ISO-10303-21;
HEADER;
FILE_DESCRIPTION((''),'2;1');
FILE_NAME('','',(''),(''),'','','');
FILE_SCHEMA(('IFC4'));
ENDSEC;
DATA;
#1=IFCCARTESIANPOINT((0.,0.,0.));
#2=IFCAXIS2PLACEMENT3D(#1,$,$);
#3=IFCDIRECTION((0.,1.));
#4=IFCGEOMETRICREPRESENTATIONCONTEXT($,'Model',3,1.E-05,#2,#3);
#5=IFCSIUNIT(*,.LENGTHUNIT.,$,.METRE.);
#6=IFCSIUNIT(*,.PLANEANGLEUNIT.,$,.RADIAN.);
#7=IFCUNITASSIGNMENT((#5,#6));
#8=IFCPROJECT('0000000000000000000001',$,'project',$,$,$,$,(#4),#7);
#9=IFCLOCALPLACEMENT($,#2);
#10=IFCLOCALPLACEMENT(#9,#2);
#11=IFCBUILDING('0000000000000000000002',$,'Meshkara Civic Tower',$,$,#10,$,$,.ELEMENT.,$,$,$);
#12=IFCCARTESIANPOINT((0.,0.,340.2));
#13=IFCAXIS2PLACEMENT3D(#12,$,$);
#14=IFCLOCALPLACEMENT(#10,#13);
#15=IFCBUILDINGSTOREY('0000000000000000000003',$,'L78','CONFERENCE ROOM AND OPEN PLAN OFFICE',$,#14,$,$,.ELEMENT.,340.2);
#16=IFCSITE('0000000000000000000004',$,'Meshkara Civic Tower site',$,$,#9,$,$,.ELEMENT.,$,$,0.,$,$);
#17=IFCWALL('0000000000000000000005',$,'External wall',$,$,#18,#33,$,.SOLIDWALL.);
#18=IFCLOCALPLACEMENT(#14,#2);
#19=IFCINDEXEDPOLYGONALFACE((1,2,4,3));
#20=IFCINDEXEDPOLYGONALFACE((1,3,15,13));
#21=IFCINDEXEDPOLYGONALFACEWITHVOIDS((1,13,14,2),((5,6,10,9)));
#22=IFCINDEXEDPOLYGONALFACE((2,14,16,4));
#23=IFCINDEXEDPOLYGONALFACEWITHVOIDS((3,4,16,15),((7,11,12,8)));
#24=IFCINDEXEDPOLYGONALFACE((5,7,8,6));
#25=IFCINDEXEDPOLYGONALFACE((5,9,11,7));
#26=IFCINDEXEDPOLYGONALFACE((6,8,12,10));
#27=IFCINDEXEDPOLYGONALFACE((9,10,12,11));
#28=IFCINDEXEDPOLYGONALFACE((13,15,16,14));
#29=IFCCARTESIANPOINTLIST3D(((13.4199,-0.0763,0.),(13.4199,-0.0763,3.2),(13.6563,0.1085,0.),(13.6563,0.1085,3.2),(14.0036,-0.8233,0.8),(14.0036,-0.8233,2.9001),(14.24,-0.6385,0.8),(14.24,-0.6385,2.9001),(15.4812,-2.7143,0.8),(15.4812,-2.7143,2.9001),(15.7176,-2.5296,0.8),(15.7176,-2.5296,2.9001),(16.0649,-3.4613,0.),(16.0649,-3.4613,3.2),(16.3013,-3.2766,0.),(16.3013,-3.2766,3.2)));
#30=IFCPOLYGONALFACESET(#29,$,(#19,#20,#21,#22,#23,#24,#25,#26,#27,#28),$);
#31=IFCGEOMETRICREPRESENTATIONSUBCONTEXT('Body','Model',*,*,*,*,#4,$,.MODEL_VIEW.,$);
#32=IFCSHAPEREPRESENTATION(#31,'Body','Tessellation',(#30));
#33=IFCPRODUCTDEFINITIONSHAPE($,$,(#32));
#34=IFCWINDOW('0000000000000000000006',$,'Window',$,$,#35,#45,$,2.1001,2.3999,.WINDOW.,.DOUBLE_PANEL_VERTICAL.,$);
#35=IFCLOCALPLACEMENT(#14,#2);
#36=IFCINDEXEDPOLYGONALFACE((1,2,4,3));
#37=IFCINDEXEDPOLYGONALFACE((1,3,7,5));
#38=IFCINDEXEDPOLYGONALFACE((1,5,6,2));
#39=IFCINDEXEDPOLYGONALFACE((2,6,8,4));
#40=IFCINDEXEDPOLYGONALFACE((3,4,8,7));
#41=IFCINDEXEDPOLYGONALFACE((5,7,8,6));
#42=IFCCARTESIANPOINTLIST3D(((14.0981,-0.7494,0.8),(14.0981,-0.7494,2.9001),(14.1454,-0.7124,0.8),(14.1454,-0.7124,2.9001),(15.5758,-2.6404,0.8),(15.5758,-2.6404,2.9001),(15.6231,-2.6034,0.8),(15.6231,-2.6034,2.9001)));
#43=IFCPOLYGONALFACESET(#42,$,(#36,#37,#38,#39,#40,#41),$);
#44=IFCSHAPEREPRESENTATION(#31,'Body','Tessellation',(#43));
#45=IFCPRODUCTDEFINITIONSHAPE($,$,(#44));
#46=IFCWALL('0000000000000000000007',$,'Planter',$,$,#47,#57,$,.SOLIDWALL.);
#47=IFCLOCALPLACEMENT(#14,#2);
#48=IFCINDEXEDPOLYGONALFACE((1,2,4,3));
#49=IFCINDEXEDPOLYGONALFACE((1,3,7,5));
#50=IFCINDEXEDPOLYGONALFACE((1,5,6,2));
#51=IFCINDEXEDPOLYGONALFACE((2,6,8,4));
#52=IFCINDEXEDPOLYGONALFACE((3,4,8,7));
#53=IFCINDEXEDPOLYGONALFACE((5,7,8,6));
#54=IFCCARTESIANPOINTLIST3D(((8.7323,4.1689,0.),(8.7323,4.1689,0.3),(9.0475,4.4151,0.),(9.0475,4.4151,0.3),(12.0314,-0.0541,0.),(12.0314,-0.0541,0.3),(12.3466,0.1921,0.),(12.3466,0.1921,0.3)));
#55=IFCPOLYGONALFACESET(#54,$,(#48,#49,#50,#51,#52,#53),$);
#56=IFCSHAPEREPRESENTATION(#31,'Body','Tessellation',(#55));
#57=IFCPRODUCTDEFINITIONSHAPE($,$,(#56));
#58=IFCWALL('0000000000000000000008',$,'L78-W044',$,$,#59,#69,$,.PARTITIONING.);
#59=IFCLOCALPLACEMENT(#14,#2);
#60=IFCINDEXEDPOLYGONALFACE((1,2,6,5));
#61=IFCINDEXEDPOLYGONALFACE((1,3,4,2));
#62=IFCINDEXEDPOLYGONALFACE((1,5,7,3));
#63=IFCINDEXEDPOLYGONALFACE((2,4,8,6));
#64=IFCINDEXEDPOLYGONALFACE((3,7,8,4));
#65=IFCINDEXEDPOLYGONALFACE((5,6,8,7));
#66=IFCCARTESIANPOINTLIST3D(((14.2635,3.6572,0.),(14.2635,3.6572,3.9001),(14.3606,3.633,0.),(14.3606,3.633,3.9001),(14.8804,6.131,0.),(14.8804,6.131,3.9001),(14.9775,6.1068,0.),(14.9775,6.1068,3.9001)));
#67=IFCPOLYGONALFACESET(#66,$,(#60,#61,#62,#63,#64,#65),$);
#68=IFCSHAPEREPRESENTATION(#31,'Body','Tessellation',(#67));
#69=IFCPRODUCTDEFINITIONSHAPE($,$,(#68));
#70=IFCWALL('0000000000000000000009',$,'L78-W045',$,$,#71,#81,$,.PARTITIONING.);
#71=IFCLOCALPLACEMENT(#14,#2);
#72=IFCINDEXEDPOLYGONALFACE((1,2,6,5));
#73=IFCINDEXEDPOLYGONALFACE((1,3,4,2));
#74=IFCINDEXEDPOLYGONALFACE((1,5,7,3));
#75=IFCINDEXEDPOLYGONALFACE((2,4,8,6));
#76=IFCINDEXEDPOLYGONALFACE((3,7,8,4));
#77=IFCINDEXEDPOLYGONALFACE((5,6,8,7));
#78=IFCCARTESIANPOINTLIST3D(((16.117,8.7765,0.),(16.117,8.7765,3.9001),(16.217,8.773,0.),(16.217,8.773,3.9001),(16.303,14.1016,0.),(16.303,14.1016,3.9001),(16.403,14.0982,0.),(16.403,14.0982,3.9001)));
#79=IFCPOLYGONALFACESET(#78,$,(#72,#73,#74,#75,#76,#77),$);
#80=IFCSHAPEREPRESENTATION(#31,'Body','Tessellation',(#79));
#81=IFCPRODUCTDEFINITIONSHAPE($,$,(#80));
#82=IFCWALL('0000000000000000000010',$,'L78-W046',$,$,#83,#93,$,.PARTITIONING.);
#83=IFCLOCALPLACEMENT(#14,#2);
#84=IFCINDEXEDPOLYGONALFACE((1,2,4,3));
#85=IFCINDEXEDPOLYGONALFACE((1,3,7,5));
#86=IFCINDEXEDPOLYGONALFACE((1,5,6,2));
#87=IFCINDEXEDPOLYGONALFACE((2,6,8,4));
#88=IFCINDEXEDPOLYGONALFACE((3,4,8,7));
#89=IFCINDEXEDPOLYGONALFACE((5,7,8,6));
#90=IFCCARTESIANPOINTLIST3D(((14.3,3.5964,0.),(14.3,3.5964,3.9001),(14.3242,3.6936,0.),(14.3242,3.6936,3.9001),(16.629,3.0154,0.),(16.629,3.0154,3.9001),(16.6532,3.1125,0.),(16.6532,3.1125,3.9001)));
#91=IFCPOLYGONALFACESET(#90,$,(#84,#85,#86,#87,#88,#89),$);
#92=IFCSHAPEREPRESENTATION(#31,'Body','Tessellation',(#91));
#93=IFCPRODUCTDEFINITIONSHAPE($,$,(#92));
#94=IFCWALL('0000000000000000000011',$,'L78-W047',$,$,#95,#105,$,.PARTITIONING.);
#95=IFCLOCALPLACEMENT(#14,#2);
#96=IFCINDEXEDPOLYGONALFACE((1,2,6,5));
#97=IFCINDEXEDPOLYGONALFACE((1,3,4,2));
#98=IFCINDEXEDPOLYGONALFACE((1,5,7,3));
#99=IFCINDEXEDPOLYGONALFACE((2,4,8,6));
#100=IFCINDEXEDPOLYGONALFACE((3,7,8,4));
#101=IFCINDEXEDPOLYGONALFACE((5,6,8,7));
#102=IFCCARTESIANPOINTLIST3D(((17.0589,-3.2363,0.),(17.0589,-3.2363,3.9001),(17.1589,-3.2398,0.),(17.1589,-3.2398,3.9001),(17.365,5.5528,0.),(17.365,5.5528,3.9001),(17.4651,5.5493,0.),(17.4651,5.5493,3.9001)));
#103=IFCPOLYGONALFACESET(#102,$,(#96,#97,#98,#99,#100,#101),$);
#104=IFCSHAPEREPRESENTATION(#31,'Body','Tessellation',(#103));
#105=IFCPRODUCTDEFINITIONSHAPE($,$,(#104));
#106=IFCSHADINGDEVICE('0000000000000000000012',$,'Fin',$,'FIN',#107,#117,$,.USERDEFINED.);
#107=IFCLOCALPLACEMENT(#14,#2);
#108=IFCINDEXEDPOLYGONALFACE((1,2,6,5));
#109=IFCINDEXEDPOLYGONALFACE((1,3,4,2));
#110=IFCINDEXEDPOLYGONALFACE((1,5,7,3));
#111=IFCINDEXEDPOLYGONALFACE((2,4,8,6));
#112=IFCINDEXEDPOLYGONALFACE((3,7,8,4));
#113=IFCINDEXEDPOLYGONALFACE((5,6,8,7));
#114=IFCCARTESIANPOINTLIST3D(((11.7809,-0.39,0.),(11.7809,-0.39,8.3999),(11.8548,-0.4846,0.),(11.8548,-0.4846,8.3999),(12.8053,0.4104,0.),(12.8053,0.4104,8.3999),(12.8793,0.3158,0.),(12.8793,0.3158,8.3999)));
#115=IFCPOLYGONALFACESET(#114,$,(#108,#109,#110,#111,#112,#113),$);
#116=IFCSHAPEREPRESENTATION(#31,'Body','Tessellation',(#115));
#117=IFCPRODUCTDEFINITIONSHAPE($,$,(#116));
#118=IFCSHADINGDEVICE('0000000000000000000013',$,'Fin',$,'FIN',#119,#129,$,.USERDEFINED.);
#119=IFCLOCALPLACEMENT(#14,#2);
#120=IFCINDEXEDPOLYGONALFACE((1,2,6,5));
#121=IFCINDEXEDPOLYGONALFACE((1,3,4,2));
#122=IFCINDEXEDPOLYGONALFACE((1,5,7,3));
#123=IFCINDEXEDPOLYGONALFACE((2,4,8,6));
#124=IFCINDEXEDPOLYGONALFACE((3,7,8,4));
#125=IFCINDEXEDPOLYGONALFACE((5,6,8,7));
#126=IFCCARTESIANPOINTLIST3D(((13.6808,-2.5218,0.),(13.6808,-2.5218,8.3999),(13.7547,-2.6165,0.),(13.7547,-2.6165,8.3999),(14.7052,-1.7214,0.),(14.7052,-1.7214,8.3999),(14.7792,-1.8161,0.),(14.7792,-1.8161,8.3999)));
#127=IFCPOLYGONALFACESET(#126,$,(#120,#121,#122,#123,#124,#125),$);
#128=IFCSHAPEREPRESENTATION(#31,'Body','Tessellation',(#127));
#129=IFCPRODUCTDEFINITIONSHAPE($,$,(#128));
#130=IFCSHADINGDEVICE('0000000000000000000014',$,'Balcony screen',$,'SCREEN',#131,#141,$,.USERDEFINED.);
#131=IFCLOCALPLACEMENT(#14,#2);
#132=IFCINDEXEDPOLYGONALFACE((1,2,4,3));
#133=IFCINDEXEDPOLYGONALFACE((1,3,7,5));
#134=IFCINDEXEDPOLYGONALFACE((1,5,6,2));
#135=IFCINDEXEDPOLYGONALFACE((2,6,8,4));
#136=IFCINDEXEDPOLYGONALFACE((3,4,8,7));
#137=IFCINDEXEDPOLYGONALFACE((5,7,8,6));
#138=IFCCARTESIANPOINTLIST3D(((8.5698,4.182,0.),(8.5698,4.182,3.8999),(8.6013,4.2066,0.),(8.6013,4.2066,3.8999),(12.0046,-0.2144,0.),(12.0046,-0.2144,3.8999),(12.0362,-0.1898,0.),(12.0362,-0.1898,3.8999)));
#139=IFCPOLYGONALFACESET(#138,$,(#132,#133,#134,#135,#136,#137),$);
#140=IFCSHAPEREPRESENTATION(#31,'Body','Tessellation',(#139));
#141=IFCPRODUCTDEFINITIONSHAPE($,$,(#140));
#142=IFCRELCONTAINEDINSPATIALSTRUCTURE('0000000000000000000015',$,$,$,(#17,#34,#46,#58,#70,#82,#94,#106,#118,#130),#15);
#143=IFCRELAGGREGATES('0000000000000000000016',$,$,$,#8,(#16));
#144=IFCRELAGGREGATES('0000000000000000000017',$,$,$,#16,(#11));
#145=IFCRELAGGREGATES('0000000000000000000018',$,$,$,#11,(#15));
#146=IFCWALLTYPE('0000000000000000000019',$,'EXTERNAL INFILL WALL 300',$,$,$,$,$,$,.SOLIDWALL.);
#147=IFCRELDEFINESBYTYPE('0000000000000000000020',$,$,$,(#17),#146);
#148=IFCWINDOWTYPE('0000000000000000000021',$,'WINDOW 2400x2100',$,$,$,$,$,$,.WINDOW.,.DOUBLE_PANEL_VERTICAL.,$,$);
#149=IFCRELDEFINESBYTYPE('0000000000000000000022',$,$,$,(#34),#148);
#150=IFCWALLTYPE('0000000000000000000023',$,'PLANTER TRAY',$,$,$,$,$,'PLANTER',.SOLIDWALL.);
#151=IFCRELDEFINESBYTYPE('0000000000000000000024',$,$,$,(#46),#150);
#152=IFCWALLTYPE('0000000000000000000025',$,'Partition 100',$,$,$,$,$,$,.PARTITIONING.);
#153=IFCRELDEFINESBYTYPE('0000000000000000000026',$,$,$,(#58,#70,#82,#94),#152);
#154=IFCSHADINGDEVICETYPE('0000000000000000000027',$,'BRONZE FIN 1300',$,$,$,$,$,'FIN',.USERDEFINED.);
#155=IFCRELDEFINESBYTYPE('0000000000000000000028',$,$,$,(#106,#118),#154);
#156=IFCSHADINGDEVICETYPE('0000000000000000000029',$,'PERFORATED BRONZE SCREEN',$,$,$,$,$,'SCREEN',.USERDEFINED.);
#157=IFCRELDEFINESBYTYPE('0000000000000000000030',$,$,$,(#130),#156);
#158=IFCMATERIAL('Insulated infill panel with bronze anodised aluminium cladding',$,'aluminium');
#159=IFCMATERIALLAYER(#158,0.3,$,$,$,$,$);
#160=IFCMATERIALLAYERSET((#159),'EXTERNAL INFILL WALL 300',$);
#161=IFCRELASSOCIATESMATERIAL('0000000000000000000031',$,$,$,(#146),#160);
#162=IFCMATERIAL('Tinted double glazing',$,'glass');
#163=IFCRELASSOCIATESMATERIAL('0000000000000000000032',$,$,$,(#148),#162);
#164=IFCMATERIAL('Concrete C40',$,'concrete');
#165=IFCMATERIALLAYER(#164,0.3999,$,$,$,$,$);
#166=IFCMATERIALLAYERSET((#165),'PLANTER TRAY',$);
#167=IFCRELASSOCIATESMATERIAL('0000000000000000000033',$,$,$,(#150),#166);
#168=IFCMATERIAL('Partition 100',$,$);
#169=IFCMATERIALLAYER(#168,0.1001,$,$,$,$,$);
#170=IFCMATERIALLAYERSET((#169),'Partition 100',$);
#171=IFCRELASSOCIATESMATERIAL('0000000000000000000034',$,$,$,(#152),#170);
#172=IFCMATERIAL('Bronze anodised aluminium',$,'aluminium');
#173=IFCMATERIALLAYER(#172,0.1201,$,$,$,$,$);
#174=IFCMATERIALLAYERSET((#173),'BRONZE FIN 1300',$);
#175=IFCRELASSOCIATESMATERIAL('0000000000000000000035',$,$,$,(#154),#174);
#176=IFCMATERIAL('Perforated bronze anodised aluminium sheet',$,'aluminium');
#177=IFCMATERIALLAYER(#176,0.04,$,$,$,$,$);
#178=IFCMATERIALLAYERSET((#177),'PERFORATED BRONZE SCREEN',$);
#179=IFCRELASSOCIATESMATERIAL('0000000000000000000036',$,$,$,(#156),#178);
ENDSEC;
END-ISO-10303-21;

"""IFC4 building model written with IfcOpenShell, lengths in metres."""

from ifc_helpers import new_model, si_unit, direction, frame, frame_2d, origin, origin_2d, place, context, subcontext, project, spatial, rectangle, extrude, material, layer, layer_set, type_object, element, fill, save


model = new_model("IFC4")

# Units and contexts
model_context = context("Model", 3, precision=1e-05, world=origin(), true_north=direction((0.0, 1.0)))
body_context = subcontext(model_context, "Body", "Model", "MODEL_VIEW")
ifc_project = project(units=[si_unit("LENGTHUNIT", "METRE"), si_unit("PLANEANGLEUNIT", "RADIAN")], contexts=[model_context])

# Site, building, storey
site_placement = place(None, origin())
site = spatial("IfcSite", under=ifc_project, at=site_placement, Name="Meshkara Civic Tower site", CompositionType="ELEMENT", RefElevation=0.0)
building_placement = place(site_placement, origin())
building = spatial("IfcBuilding", under=site, at=building_placement, Name="Meshkara Civic Tower", CompositionType="ELEMENT")
storey_placement = place(building_placement, frame((0.0, 0.0, 340.2)))
storey = spatial("IfcBuildingStorey", under=building, at=storey_placement, Name="L78", Description="CONFERENCE ROOM AND OPEN PLAN OFFICE", CompositionType="ELEMENT", Elevation=340.2)

# Wall, opening, window
ifc_material_1 = material(Name="Insulated infill panel with bronze anodised aluminium cladding", Category="aluminium")
ifc_layer_1 = layer(ifc_material_1, 0.3)
ifc_layer_set_1 = layer_set([ifc_layer_1], Name="EXTERNAL INFILL WALL 300")
wall_type_1 = type_object("IfcWallType", Name="EXTERNAL INFILL WALL 300", PredefinedType="SOLIDWALL", material=ifc_layer_set_1)
wall_1_placement = place(storey_placement, frame((13.5381, 0.0161, 0.0), z_axis=(0.0, 0.0, 1.0), x_axis=(0.615714, -0.78797, 0.0)))
wall_1 = element("IfcWall", 1, at=wall_1_placement, inside=storey, type_object=wall_type_1, Name="External wall", PredefinedType="SOLIDWALL", context=body_context, shape_type="SweptSolid", body=[
    extrude(rectangle(XDim=4.2959, YDim=0.3, at=frame_2d((2.1479, 0.0))), origin(), (0.0, 0.0, 1.0), 3.2),
])
opening_1_placement = place(wall_1_placement, frame((0.948, 0.0, 0.8)))
opening_1 = element("IfcOpeningElement", 2, at=opening_1_placement, cuts=wall_1, PredefinedType="OPENING", context=body_context, shape_type="SweptSolid", body=[
    extrude(rectangle(XDim=2.3999, YDim=2.1001, at=frame_2d((1.2, 1.05))), frame((0.0, 0.1599, 0.0), z_axis=(0.0, -1.0, 0.0), x_axis=(1.0, 0.0, 0.0)), (0.0, 0.0, 1.0), 0.3201),
])
ifc_material_2 = material(Name="Tinted double glazing", Category="glass")
window_type = type_object("IfcWindowType", Name="WINDOW 2400x2100", PartitioningType="DOUBLE_PANEL_VERTICAL", PredefinedType="WINDOW", material=ifc_material_2)
window_placement = place(opening_1_placement, origin())
window = element("IfcWindow", 3, at=window_placement, inside=storey, type_object=window_type, Name="Window", OverallHeight=2.1001, OverallWidth=2.3999, PartitioningType="DOUBLE_PANEL_VERTICAL", PredefinedType="WINDOW", context=body_context, shape_type="SweptSolid", body=[
    extrude(rectangle(XDim=2.3999, YDim=2.1001, at=frame_2d((1.2, 1.05))), frame((0.0, 0.03, 0.0), z_axis=(0.0, -1.0, 0.0), x_axis=(1.0, 0.0, 0.0)), (0.0, 0.0, 1.0), 0.0601),
])
fill(opening_1, window)

# Walls
ifc_material_3 = material(Name="Concrete C40", Category="concrete")
ifc_layer_2 = layer(ifc_material_3, 0.3999)
ifc_layer_set_2 = layer_set([ifc_layer_2], Name="PLANTER TRAY")
wall_type_2 = type_object("IfcWallType", Name="PLANTER TRAY", ElementType="PLANTER", PredefinedType="SOLIDWALL", material=ifc_layer_set_2)
wall_2_placement = place(storey_placement, frame((8.8899, 4.292, 0.0), z_axis=(0.0, 0.0, 1.0), x_axis=(0.615636, -0.788031, 0.0)))
element("IfcWall", 4, at=wall_2_placement, inside=storey, type_object=wall_type_2, Name="Planter", PredefinedType="SOLIDWALL", context=body_context, shape_type="SweptSolid", body=[
    extrude(rectangle(XDim=5.3589, YDim=0.3999, at=frame_2d((2.6794, 0.0))), origin(), (0.0, 0.0, 1.0), 0.3),
])
ifc_material_4 = material(Name="Partition 100")
ifc_layer_3 = layer(ifc_material_4, 0.1001)
ifc_layer_set_3 = layer_set([ifc_layer_3], Name="Partition 100")
wall_type_3 = type_object("IfcWallType", Name="Partition 100", PredefinedType="PARTITIONING", material=ifc_layer_set_3)
wall_3_placement = place(storey_placement, frame((14.312, 3.645, 0.0), z_axis=(0.0, 0.0, 1.0), x_axis=(0.241972, 0.970283, 0.0)))
element("IfcWall", 5, at=wall_3_placement, inside=storey, type_object=wall_type_3, Name="L78-W044", PredefinedType="PARTITIONING", context=body_context, shape_type="SweptSolid", body=[
    extrude(rectangle(XDim=2.5496, YDim=0.1001, at=frame_2d((1.2749, 0.0))), origin(), (0.0, 0.0, 1.0), 3.9001),
])
wall_4_placement = place(storey_placement, frame((16.167, 8.7749, 0.0), z_axis=(0.0, 0.0, 1.0), x_axis=(0.034914, 0.99939, 0.0)))
element("IfcWall", 6, at=wall_4_placement, inside=storey, type_object=wall_type_3, Name="L78-W045", PredefinedType="PARTITIONING", context=body_context, shape_type="SweptSolid", body=[
    extrude(rectangle(XDim=5.3284, YDim=0.1001, at=frame_2d((2.6641, 0.0))), origin(), (0.0, 0.0, 1.0), 3.9001),
])
wall_5_placement = place(storey_placement, frame((16.6411, 3.064, 0.0), z_axis=(0.0, 0.0, 1.0), x_axis=(-0.970262, 0.242057, 0.0)))
element("IfcWall", 7, at=wall_5_placement, inside=storey, type_object=wall_type_3, Name="L78-W046", PredefinedType="PARTITIONING", context=body_context, shape_type="SweptSolid", body=[
    extrude(rectangle(XDim=2.4004, YDim=0.1001, at=frame_2d((1.2002, 0.0))), origin(), (0.0, 0.0, 1.0), 3.9001),
])
wall_6_placement = place(storey_placement, frame((17.1089, -3.238, 0.0), z_axis=(0.0, 0.0, 1.0), x_axis=(0.034812, 0.999394, 0.0)))
element("IfcWall", 8, at=wall_6_placement, inside=storey, type_object=wall_type_3, Name="L78-W047", PredefinedType="PARTITIONING", context=body_context, shape_type="SweptSolid", body=[
    extrude(rectangle(XDim=8.7944, YDim=0.1001, at=frame_2d((4.3972, 0.0))), origin(), (0.0, 0.0, 1.0), 3.9001),
])

# Shading devices
ifc_material_5 = material(Name="Bronze anodised aluminium", Category="aluminium")
ifc_layer_4 = layer(ifc_material_5, 0.1201)
ifc_layer_set_4 = layer_set([ifc_layer_4], Name="BRONZE FIN 1300")
shading_device_type_1 = type_object("IfcShadingDeviceType", Name="BRONZE FIN 1300", ElementType="FIN", PredefinedType="USERDEFINED", material=ifc_layer_set_4)
for number, where, z_axis, x_axis, name in (
    (9, (12.3301, -0.0371, 0.0), (0.0, 0.0, 1.0), (0.615661, -0.788011, 0.0), "Fin"),
    (10, (14.23, -2.1689, 0.0), (0.0, 0.0, 1.0), (0.615661, -0.788011, 0.0), "Fin"),
):
    element("IfcShadingDevice", number, at=place(storey_placement, frame(where, z_axis=z_axis, x_axis=x_axis)), inside=storey, type_object=shading_device_type_1, Name=name, ObjectType="FIN", PredefinedType="USERDEFINED", context=body_context, shape_type="SweptSolid", body=[
        extrude(rectangle(XDim=0.1201, YDim=1.3, at=origin_2d()), origin(), (0.0, 0.0, 1.0), 8.3999),
    ])
ifc_material_6 = material(Name="Perforated bronze anodised aluminium sheet", Category="aluminium")
ifc_layer_5 = layer(ifc_material_6, 0.04)
ifc_layer_set_5 = layer_set([ifc_layer_5], Name="PERFORATED BRONZE SCREEN")
shading_device_type_2 = type_object("IfcShadingDeviceType", Name="PERFORATED BRONZE SCREEN", ElementType="SCREEN", PredefinedType="USERDEFINED", material=ifc_layer_set_5)
shading_device_placement = place(storey_placement, frame((10.303, 1.9961, 0.0), z_axis=(0.0, 0.0, 1.0), x_axis=(0.615661, -0.788011, 0.0)))
element("IfcShadingDevice", 11, at=shading_device_placement, inside=storey, type_object=shading_device_type_2, Name="Balcony screen", ObjectType="SCREEN", PredefinedType="USERDEFINED", context=body_context, shape_type="SweptSolid", body=[
    extrude(rectangle(XDim=5.5791, YDim=0.04, at=origin_2d()), origin(), (0.0, 0.0, 1.0), 3.8999),
])

save(model, "model.ifc")
